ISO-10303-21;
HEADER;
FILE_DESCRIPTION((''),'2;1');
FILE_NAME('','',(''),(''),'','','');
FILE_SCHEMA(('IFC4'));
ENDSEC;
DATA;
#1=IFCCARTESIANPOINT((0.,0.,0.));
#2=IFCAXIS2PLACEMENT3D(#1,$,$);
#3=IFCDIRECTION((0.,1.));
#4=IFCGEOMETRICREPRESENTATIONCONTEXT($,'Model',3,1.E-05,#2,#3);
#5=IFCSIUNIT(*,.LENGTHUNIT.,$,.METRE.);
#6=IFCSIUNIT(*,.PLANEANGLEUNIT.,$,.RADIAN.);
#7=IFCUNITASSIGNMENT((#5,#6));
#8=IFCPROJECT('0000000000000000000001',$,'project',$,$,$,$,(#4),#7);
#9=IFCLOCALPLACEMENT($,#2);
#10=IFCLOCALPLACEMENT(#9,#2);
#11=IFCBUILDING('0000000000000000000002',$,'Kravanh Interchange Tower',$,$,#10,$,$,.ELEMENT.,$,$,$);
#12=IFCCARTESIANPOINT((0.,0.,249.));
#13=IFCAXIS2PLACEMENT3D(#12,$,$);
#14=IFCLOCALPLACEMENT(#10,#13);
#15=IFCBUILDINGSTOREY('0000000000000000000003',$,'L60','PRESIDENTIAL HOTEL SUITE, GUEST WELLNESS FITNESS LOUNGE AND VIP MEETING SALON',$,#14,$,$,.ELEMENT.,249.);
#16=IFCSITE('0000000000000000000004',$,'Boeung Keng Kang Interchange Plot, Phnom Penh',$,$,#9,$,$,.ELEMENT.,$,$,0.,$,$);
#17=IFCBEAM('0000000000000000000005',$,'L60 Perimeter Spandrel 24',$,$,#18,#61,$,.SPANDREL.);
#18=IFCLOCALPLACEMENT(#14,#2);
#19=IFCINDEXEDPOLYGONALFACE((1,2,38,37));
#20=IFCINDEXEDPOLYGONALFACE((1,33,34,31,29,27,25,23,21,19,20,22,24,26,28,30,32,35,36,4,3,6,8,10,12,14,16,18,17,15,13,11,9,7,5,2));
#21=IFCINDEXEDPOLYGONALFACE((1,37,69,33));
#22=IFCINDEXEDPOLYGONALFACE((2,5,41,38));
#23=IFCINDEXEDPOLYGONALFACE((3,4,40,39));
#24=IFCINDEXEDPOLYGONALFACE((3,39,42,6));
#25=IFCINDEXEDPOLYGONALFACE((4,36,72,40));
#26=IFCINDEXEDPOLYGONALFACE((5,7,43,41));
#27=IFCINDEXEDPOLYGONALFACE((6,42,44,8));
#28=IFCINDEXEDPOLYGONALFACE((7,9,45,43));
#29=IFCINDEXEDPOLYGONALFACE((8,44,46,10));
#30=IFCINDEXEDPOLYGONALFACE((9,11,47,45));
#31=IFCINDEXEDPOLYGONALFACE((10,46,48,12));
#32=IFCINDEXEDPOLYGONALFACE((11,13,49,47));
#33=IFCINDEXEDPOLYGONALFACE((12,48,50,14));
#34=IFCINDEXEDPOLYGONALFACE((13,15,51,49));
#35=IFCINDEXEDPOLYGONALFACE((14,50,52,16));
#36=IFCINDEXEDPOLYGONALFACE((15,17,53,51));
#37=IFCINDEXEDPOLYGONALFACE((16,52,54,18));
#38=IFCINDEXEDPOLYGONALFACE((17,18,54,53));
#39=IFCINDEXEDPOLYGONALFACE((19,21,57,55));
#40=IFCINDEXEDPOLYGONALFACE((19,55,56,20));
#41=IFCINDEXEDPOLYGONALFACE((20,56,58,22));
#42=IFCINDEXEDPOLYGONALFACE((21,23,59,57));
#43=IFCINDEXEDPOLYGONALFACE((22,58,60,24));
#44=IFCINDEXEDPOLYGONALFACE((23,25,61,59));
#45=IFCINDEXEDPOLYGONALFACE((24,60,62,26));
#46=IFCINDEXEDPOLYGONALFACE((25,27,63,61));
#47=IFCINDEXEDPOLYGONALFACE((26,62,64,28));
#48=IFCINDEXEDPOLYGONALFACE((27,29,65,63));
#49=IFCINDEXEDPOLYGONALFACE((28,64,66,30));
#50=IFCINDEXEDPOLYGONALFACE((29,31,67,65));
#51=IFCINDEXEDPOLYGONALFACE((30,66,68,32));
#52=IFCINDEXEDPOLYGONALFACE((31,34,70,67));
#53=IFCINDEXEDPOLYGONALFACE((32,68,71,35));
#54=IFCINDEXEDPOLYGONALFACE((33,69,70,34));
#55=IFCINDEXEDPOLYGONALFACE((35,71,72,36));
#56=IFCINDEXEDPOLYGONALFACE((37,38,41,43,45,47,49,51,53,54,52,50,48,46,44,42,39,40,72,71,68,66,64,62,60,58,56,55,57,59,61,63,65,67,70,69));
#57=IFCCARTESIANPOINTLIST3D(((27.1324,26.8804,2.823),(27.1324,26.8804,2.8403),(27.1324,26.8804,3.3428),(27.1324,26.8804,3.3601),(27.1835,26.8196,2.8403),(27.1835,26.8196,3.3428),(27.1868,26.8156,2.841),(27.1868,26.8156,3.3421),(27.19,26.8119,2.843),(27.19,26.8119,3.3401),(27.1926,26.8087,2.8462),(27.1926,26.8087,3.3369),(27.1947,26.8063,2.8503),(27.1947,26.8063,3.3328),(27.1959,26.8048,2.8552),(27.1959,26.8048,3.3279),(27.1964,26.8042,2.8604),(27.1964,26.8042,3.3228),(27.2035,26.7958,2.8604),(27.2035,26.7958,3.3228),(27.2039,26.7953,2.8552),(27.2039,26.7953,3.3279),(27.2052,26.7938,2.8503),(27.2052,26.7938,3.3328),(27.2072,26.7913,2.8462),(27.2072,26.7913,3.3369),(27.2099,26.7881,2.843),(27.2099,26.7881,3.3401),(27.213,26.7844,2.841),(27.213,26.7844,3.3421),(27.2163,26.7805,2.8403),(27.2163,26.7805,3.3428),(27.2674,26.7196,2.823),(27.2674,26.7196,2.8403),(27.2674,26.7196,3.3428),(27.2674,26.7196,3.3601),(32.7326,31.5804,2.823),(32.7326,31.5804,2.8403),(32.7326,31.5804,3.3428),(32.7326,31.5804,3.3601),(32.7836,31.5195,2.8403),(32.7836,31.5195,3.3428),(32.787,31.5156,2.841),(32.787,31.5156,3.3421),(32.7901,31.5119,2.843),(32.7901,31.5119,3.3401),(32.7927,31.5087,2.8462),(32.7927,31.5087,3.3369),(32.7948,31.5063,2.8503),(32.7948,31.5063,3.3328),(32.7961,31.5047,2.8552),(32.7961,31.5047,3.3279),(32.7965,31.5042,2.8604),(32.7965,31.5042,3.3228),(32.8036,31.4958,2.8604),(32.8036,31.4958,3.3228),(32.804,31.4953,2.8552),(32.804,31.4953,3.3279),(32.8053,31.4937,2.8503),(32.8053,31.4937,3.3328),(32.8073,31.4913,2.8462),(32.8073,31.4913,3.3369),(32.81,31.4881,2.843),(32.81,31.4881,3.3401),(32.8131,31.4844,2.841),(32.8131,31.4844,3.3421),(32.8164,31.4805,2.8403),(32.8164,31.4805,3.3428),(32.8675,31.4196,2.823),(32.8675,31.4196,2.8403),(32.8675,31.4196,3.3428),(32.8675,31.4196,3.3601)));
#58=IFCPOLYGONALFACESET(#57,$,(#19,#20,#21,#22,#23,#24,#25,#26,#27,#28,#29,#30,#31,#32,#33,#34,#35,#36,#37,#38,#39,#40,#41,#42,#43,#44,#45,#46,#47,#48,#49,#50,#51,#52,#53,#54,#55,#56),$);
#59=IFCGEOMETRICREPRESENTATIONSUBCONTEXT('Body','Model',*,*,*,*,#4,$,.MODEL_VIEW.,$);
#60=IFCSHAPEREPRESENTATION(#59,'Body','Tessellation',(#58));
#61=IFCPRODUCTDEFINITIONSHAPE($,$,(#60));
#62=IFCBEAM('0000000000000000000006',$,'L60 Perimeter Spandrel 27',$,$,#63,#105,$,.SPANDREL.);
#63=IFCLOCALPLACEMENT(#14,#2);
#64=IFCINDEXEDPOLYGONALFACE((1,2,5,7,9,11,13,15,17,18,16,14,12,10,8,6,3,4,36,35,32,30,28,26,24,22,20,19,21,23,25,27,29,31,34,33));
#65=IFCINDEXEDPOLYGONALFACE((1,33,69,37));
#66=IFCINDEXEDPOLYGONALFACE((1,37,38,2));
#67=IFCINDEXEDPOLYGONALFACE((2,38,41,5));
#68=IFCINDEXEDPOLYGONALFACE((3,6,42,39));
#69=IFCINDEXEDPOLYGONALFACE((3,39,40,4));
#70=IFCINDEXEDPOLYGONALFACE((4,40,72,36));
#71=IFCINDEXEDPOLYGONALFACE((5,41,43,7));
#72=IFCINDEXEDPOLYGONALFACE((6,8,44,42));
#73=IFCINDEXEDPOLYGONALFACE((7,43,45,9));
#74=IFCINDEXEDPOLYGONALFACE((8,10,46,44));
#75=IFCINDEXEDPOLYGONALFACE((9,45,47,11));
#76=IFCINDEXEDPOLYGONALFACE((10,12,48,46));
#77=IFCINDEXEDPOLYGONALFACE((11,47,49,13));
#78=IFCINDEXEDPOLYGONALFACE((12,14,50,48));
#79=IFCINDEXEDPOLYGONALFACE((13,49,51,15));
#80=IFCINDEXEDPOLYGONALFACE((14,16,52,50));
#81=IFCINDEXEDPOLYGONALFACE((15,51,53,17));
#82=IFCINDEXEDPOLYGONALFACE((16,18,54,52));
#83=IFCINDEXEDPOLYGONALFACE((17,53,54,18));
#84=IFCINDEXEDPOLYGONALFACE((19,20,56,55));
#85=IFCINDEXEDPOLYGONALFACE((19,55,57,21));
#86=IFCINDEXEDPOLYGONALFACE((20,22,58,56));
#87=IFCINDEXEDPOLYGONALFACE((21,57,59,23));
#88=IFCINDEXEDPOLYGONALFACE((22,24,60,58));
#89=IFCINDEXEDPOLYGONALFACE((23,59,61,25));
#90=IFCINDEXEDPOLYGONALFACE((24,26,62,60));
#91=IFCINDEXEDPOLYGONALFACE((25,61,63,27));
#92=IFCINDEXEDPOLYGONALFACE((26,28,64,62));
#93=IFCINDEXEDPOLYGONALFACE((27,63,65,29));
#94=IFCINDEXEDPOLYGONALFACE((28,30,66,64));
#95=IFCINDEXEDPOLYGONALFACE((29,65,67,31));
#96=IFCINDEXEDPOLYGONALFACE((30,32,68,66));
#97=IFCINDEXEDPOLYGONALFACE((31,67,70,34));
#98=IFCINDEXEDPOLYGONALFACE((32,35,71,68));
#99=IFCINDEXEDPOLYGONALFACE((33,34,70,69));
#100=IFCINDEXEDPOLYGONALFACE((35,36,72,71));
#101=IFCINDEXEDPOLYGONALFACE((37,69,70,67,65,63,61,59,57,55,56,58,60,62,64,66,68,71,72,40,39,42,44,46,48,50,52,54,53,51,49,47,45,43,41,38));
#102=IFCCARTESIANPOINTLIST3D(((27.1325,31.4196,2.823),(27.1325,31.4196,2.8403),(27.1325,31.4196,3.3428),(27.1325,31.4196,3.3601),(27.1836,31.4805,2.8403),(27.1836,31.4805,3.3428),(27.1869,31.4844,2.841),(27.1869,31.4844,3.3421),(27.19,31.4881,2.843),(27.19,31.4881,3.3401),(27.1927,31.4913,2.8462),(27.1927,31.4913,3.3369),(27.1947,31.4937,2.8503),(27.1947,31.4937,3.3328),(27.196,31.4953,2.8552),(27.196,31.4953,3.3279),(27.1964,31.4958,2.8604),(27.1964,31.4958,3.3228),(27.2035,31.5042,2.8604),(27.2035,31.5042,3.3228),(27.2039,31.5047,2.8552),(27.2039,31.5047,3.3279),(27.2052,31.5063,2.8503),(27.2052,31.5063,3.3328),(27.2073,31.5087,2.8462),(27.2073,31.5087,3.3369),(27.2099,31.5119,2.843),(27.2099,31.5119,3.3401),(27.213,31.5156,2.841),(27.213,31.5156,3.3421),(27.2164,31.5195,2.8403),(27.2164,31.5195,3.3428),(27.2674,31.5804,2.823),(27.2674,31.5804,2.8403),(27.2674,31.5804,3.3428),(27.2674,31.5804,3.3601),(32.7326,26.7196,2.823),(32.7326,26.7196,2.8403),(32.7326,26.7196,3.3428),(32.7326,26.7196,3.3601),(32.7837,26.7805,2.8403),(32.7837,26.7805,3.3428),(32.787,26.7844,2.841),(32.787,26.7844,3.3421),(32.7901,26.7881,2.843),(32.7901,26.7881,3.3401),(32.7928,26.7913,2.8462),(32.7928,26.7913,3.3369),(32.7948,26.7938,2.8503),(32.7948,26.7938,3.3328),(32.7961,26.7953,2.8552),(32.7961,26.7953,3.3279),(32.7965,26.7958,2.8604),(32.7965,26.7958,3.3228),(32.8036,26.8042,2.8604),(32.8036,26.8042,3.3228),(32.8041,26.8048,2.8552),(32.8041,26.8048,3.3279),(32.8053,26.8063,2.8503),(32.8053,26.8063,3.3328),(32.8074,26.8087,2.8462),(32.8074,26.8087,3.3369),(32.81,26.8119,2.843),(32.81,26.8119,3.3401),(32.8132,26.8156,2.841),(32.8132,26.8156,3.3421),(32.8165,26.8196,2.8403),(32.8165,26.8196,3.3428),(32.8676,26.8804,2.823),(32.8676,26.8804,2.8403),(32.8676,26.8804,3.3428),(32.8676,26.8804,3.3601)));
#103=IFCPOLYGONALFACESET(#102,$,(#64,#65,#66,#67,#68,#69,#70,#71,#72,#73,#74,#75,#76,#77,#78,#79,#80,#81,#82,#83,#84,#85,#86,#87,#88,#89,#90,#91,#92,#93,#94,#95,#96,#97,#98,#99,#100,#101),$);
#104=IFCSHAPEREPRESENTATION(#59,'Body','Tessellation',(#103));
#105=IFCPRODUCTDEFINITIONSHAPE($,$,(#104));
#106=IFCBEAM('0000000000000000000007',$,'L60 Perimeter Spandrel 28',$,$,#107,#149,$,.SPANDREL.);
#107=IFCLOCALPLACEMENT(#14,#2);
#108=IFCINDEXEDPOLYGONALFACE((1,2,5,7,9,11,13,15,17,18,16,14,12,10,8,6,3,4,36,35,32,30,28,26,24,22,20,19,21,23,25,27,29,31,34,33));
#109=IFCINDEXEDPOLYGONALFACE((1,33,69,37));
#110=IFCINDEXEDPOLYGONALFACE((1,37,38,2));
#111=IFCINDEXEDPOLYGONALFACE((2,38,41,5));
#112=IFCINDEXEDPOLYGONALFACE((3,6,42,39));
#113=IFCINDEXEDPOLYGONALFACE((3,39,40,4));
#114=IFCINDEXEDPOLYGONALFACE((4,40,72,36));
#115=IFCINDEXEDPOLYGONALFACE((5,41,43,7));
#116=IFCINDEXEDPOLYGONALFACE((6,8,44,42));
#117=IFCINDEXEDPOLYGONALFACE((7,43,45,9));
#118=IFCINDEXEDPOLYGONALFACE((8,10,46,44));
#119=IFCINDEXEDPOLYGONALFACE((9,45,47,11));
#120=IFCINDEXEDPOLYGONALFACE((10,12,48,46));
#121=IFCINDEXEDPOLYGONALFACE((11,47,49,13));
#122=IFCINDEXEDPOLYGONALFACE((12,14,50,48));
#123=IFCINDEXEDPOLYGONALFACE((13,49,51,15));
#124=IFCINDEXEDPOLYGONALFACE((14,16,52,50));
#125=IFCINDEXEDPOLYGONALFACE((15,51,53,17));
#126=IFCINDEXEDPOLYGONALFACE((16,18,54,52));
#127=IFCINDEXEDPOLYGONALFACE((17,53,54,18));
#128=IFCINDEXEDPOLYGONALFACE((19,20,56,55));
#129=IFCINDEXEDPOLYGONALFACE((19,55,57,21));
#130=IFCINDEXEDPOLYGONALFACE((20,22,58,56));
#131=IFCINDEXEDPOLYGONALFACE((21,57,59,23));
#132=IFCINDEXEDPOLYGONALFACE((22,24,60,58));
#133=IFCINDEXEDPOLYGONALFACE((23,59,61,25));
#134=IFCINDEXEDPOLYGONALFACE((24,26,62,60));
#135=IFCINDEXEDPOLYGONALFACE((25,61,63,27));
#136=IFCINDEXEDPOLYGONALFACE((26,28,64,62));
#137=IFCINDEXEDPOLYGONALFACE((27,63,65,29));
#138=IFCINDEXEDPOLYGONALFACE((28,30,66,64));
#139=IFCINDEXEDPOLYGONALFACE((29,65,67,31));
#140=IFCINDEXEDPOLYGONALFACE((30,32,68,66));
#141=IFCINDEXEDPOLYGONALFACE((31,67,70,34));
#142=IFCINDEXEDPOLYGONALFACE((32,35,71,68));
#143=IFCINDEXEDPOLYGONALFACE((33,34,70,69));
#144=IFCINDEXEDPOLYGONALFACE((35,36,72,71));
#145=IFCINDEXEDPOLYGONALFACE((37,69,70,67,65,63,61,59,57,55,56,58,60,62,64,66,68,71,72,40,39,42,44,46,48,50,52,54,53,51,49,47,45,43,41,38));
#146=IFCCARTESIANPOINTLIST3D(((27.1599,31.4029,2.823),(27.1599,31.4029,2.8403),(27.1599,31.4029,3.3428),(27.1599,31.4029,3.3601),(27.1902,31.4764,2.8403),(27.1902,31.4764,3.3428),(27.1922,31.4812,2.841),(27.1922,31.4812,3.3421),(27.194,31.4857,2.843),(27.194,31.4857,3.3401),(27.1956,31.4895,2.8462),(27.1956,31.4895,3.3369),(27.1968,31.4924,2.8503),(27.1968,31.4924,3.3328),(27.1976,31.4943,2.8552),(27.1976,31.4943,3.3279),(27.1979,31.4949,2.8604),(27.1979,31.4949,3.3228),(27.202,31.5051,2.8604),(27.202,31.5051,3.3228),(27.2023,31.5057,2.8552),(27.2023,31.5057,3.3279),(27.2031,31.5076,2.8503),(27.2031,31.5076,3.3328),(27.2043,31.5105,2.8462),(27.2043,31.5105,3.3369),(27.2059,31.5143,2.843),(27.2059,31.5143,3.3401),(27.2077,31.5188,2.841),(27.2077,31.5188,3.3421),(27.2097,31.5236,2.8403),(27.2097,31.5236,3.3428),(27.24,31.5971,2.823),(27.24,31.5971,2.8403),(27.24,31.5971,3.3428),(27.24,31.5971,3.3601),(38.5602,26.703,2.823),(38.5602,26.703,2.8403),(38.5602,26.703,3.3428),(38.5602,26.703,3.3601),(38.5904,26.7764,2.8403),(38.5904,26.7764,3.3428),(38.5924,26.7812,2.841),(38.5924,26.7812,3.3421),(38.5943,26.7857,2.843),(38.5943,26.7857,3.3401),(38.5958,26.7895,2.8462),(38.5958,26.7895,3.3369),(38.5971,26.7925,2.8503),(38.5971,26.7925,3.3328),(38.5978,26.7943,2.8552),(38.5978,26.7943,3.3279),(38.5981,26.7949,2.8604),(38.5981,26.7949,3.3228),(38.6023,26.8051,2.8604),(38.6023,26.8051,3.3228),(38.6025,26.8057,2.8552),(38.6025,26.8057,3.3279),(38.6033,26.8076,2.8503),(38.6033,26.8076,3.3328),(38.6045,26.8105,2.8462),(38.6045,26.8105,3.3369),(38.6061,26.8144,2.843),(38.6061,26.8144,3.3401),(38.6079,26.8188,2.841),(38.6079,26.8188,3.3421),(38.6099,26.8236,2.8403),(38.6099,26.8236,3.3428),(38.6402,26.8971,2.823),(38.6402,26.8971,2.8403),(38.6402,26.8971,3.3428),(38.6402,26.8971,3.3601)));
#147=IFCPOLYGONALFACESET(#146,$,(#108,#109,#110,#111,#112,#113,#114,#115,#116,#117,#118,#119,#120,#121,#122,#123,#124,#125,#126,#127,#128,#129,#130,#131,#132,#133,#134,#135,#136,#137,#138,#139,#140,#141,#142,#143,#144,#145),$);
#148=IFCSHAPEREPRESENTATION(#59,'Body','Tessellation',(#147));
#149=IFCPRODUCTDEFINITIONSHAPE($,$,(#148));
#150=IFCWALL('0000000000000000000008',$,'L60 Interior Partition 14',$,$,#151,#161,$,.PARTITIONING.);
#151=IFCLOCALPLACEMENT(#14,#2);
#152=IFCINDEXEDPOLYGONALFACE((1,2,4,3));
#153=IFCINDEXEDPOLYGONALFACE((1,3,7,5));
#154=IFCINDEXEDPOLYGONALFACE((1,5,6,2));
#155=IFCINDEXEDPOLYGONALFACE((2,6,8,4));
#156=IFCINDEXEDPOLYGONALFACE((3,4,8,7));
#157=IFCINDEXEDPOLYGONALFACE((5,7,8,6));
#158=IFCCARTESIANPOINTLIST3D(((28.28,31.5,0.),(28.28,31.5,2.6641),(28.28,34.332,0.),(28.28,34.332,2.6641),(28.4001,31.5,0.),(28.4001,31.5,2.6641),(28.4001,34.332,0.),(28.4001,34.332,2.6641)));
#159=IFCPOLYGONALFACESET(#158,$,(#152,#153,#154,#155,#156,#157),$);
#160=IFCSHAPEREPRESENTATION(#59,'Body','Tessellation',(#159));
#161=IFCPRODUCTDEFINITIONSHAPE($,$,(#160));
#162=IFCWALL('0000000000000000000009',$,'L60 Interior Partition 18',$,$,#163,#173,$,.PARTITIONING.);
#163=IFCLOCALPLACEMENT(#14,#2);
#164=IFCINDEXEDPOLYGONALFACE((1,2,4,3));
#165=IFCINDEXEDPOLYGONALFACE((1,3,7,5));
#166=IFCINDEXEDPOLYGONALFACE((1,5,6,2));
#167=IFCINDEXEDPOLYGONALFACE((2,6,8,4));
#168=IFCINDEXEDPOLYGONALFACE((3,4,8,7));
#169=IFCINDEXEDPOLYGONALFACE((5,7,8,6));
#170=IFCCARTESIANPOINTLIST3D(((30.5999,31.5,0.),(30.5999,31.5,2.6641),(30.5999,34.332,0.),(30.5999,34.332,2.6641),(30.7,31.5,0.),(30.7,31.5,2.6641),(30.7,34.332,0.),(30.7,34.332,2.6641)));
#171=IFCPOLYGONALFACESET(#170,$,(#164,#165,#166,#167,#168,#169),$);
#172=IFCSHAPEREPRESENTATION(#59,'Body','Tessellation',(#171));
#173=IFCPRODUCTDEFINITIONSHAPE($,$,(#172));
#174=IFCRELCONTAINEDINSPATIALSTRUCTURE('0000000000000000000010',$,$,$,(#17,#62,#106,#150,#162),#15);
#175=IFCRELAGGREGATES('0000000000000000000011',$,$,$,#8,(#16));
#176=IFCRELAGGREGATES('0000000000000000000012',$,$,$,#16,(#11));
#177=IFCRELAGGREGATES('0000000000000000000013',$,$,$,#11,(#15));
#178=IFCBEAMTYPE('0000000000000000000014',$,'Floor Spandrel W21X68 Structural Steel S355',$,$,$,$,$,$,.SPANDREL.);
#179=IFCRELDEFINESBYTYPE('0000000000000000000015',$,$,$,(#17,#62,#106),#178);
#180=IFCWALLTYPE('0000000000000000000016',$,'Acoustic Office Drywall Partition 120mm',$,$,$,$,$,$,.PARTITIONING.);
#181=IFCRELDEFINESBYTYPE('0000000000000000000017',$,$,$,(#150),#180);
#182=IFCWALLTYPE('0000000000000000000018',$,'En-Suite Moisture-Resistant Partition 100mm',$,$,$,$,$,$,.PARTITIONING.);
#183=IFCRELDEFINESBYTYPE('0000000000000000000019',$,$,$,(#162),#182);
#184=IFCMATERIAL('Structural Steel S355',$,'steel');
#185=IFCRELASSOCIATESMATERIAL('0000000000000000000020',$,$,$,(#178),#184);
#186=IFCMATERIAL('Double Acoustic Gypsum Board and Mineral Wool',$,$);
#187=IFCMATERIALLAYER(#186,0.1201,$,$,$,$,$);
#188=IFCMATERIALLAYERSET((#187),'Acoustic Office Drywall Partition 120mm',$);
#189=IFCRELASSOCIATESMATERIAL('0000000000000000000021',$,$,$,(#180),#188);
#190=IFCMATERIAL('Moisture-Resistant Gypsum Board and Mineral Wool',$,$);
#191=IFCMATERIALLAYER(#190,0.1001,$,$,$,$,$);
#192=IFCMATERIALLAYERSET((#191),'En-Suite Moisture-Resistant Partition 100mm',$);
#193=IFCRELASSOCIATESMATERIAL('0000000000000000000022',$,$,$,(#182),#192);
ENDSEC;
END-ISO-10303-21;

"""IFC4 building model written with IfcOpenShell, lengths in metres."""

from ifc_helpers import new_model, si_unit, direction, frame, frame_2d, origin, origin_2d, place, context, subcontext, project, spatial, rectangle, i_section, extrude, material, layer, layer_set, material_profile, profile_set, type_object, element, save


model = new_model("IFC4")

# Units and contexts
model_context = context("Model", 3, precision=1e-05, world=origin(), true_north=direction((0.0, 1.0)))
body_context = subcontext(model_context, "Body", "Model", "MODEL_VIEW")
ifc_project = project(units=[si_unit("LENGTHUNIT", "METRE"), si_unit("PLANEANGLEUNIT", "RADIAN")], contexts=[model_context])

# Site, building, storey
site_placement = place(None, origin())
site = spatial("IfcSite", under=ifc_project, at=site_placement, Name="Boeung Keng Kang Interchange Plot, Phnom Penh", CompositionType="ELEMENT", RefElevation=0.0)
building_placement = place(site_placement, origin())
building = spatial("IfcBuilding", under=site, at=building_placement, Name="Kravanh Interchange Tower", CompositionType="ELEMENT")
storey_placement = place(building_placement, frame((0.0, 0.0, 249.0)))
storey = spatial("IfcBuildingStorey", under=building, at=storey_placement, Name="L60", Description="PRESIDENTIAL HOTEL SUITE, GUEST WELLNESS FITNESS LOUNGE AND VIP MEETING SALON", CompositionType="ELEMENT", Elevation=249.0)

# Beams
ifc_material_1 = material(Name="Structural Steel S355", Category="steel")
ifc_material_profile_1 = material_profile(ifc_material_1, i_section(OverallWidth=0.21, OverallDepth=0.5371, WebThickness=0.011, FlangeThickness=0.0173, FilletRadius=0.02, at=origin_2d()), Name="W21X68")
ifc_profile_set_1 = profile_set([ifc_material_profile_1], Name="Structural Steel S355")
beam_type_1 = type_object("IfcBeamType", Name="Floor Spandrel W21X68 Structural Steel S355", PredefinedType="SPANDREL", material=ifc_profile_set_1)
for number, where, z_axis, x_axis, name in (
    (1, (32.8, 31.5, 3.0916), (-0.765983, -0.642861, 0.0), (0.642861, -0.765983, 0.0), "L60 Perimeter Spandrel 24"),
    (2, (27.2, 31.5, 3.0916), (0.765983, -0.642861, 0.0), (0.642861, 0.765983, 0.0), "L60 Perimeter Spandrel 27"),
):
    element("IfcBeam", number, at=place(storey_placement, frame(where, z_axis=z_axis, x_axis=x_axis)), inside=storey, type_object=beam_type_1, Name=name, PredefinedType="SPANDREL", context=body_context, shape_type="SweptSolid", body=[
        extrude(i_section(OverallWidth=0.21, OverallDepth=0.5371, WebThickness=0.011, FlangeThickness=0.0173, FilletRadius=0.02, at=origin_2d()), origin(), (0.0, 0.0, 1.0), 7.311),
    ])
beam_1_placement = place(storey_placement, frame((27.2, 31.5, 3.0916), z_axis=(0.924513, -0.38115, 0.0), x_axis=(0.38115, 0.924513, 0.0)))
element("IfcBeam", 3, at=beam_1_placement, inside=storey, type_object=beam_type_1, Name="L60 Perimeter Spandrel 28", PredefinedType="SPANDREL", context=body_context, shape_type="SweptSolid", body=[
    extrude(i_section(OverallWidth=0.21, OverallDepth=0.5371, WebThickness=0.011, FlangeThickness=0.0173, FilletRadius=0.02, at=origin_2d()), origin(), (0.0, 0.0, 1.0), 12.3311),
])

# Walls
ifc_material_2 = material(Name="Double Acoustic Gypsum Board and Mineral Wool")
ifc_layer_1 = layer(ifc_material_2, 0.1201)
ifc_layer_set_1 = layer_set([ifc_layer_1], Name="Acoustic Office Drywall Partition 120mm")
wall_type_1 = type_object("IfcWallType", Name="Acoustic Office Drywall Partition 120mm", PredefinedType="PARTITIONING", material=ifc_layer_set_1)
wall_1_placement = place(storey_placement, frame((28.3401, 31.5, 0.0), z_axis=(0.0, 0.0, 1.0), x_axis=(0.0, 1.0, 0.0)))
element("IfcWall", 4, at=wall_1_placement, inside=storey, type_object=wall_type_1, Name="L60 Interior Partition 14", PredefinedType="PARTITIONING", context=body_context, shape_type="SweptSolid", body=[
    extrude(rectangle(XDim=2.832, YDim=0.1201, at=frame_2d((1.416, 0.0))), origin(), (0.0, 0.0, 1.0), 2.6641),
])
ifc_material_3 = material(Name="Moisture-Resistant Gypsum Board and Mineral Wool")
ifc_layer_2 = layer(ifc_material_3, 0.1001)
ifc_layer_set_2 = layer_set([ifc_layer_2], Name="En-Suite Moisture-Resistant Partition 100mm")
wall_type_2 = type_object("IfcWallType", Name="En-Suite Moisture-Resistant Partition 100mm", PredefinedType="PARTITIONING", material=ifc_layer_set_2)
wall_2_placement = place(storey_placement, frame((30.6499, 31.5, 0.0), z_axis=(0.0, 0.0, 1.0), x_axis=(0.0, 1.0, 0.0)))
element("IfcWall", 5, at=wall_2_placement, inside=storey, type_object=wall_type_2, Name="L60 Interior Partition 18", PredefinedType="PARTITIONING", context=body_context, shape_type="SweptSolid", body=[
    extrude(rectangle(XDim=2.832, YDim=0.1001, at=frame_2d((1.416, 0.0))), origin(), (0.0, 0.0, 1.0), 2.6641),
])

save(model, "model.ifc")
